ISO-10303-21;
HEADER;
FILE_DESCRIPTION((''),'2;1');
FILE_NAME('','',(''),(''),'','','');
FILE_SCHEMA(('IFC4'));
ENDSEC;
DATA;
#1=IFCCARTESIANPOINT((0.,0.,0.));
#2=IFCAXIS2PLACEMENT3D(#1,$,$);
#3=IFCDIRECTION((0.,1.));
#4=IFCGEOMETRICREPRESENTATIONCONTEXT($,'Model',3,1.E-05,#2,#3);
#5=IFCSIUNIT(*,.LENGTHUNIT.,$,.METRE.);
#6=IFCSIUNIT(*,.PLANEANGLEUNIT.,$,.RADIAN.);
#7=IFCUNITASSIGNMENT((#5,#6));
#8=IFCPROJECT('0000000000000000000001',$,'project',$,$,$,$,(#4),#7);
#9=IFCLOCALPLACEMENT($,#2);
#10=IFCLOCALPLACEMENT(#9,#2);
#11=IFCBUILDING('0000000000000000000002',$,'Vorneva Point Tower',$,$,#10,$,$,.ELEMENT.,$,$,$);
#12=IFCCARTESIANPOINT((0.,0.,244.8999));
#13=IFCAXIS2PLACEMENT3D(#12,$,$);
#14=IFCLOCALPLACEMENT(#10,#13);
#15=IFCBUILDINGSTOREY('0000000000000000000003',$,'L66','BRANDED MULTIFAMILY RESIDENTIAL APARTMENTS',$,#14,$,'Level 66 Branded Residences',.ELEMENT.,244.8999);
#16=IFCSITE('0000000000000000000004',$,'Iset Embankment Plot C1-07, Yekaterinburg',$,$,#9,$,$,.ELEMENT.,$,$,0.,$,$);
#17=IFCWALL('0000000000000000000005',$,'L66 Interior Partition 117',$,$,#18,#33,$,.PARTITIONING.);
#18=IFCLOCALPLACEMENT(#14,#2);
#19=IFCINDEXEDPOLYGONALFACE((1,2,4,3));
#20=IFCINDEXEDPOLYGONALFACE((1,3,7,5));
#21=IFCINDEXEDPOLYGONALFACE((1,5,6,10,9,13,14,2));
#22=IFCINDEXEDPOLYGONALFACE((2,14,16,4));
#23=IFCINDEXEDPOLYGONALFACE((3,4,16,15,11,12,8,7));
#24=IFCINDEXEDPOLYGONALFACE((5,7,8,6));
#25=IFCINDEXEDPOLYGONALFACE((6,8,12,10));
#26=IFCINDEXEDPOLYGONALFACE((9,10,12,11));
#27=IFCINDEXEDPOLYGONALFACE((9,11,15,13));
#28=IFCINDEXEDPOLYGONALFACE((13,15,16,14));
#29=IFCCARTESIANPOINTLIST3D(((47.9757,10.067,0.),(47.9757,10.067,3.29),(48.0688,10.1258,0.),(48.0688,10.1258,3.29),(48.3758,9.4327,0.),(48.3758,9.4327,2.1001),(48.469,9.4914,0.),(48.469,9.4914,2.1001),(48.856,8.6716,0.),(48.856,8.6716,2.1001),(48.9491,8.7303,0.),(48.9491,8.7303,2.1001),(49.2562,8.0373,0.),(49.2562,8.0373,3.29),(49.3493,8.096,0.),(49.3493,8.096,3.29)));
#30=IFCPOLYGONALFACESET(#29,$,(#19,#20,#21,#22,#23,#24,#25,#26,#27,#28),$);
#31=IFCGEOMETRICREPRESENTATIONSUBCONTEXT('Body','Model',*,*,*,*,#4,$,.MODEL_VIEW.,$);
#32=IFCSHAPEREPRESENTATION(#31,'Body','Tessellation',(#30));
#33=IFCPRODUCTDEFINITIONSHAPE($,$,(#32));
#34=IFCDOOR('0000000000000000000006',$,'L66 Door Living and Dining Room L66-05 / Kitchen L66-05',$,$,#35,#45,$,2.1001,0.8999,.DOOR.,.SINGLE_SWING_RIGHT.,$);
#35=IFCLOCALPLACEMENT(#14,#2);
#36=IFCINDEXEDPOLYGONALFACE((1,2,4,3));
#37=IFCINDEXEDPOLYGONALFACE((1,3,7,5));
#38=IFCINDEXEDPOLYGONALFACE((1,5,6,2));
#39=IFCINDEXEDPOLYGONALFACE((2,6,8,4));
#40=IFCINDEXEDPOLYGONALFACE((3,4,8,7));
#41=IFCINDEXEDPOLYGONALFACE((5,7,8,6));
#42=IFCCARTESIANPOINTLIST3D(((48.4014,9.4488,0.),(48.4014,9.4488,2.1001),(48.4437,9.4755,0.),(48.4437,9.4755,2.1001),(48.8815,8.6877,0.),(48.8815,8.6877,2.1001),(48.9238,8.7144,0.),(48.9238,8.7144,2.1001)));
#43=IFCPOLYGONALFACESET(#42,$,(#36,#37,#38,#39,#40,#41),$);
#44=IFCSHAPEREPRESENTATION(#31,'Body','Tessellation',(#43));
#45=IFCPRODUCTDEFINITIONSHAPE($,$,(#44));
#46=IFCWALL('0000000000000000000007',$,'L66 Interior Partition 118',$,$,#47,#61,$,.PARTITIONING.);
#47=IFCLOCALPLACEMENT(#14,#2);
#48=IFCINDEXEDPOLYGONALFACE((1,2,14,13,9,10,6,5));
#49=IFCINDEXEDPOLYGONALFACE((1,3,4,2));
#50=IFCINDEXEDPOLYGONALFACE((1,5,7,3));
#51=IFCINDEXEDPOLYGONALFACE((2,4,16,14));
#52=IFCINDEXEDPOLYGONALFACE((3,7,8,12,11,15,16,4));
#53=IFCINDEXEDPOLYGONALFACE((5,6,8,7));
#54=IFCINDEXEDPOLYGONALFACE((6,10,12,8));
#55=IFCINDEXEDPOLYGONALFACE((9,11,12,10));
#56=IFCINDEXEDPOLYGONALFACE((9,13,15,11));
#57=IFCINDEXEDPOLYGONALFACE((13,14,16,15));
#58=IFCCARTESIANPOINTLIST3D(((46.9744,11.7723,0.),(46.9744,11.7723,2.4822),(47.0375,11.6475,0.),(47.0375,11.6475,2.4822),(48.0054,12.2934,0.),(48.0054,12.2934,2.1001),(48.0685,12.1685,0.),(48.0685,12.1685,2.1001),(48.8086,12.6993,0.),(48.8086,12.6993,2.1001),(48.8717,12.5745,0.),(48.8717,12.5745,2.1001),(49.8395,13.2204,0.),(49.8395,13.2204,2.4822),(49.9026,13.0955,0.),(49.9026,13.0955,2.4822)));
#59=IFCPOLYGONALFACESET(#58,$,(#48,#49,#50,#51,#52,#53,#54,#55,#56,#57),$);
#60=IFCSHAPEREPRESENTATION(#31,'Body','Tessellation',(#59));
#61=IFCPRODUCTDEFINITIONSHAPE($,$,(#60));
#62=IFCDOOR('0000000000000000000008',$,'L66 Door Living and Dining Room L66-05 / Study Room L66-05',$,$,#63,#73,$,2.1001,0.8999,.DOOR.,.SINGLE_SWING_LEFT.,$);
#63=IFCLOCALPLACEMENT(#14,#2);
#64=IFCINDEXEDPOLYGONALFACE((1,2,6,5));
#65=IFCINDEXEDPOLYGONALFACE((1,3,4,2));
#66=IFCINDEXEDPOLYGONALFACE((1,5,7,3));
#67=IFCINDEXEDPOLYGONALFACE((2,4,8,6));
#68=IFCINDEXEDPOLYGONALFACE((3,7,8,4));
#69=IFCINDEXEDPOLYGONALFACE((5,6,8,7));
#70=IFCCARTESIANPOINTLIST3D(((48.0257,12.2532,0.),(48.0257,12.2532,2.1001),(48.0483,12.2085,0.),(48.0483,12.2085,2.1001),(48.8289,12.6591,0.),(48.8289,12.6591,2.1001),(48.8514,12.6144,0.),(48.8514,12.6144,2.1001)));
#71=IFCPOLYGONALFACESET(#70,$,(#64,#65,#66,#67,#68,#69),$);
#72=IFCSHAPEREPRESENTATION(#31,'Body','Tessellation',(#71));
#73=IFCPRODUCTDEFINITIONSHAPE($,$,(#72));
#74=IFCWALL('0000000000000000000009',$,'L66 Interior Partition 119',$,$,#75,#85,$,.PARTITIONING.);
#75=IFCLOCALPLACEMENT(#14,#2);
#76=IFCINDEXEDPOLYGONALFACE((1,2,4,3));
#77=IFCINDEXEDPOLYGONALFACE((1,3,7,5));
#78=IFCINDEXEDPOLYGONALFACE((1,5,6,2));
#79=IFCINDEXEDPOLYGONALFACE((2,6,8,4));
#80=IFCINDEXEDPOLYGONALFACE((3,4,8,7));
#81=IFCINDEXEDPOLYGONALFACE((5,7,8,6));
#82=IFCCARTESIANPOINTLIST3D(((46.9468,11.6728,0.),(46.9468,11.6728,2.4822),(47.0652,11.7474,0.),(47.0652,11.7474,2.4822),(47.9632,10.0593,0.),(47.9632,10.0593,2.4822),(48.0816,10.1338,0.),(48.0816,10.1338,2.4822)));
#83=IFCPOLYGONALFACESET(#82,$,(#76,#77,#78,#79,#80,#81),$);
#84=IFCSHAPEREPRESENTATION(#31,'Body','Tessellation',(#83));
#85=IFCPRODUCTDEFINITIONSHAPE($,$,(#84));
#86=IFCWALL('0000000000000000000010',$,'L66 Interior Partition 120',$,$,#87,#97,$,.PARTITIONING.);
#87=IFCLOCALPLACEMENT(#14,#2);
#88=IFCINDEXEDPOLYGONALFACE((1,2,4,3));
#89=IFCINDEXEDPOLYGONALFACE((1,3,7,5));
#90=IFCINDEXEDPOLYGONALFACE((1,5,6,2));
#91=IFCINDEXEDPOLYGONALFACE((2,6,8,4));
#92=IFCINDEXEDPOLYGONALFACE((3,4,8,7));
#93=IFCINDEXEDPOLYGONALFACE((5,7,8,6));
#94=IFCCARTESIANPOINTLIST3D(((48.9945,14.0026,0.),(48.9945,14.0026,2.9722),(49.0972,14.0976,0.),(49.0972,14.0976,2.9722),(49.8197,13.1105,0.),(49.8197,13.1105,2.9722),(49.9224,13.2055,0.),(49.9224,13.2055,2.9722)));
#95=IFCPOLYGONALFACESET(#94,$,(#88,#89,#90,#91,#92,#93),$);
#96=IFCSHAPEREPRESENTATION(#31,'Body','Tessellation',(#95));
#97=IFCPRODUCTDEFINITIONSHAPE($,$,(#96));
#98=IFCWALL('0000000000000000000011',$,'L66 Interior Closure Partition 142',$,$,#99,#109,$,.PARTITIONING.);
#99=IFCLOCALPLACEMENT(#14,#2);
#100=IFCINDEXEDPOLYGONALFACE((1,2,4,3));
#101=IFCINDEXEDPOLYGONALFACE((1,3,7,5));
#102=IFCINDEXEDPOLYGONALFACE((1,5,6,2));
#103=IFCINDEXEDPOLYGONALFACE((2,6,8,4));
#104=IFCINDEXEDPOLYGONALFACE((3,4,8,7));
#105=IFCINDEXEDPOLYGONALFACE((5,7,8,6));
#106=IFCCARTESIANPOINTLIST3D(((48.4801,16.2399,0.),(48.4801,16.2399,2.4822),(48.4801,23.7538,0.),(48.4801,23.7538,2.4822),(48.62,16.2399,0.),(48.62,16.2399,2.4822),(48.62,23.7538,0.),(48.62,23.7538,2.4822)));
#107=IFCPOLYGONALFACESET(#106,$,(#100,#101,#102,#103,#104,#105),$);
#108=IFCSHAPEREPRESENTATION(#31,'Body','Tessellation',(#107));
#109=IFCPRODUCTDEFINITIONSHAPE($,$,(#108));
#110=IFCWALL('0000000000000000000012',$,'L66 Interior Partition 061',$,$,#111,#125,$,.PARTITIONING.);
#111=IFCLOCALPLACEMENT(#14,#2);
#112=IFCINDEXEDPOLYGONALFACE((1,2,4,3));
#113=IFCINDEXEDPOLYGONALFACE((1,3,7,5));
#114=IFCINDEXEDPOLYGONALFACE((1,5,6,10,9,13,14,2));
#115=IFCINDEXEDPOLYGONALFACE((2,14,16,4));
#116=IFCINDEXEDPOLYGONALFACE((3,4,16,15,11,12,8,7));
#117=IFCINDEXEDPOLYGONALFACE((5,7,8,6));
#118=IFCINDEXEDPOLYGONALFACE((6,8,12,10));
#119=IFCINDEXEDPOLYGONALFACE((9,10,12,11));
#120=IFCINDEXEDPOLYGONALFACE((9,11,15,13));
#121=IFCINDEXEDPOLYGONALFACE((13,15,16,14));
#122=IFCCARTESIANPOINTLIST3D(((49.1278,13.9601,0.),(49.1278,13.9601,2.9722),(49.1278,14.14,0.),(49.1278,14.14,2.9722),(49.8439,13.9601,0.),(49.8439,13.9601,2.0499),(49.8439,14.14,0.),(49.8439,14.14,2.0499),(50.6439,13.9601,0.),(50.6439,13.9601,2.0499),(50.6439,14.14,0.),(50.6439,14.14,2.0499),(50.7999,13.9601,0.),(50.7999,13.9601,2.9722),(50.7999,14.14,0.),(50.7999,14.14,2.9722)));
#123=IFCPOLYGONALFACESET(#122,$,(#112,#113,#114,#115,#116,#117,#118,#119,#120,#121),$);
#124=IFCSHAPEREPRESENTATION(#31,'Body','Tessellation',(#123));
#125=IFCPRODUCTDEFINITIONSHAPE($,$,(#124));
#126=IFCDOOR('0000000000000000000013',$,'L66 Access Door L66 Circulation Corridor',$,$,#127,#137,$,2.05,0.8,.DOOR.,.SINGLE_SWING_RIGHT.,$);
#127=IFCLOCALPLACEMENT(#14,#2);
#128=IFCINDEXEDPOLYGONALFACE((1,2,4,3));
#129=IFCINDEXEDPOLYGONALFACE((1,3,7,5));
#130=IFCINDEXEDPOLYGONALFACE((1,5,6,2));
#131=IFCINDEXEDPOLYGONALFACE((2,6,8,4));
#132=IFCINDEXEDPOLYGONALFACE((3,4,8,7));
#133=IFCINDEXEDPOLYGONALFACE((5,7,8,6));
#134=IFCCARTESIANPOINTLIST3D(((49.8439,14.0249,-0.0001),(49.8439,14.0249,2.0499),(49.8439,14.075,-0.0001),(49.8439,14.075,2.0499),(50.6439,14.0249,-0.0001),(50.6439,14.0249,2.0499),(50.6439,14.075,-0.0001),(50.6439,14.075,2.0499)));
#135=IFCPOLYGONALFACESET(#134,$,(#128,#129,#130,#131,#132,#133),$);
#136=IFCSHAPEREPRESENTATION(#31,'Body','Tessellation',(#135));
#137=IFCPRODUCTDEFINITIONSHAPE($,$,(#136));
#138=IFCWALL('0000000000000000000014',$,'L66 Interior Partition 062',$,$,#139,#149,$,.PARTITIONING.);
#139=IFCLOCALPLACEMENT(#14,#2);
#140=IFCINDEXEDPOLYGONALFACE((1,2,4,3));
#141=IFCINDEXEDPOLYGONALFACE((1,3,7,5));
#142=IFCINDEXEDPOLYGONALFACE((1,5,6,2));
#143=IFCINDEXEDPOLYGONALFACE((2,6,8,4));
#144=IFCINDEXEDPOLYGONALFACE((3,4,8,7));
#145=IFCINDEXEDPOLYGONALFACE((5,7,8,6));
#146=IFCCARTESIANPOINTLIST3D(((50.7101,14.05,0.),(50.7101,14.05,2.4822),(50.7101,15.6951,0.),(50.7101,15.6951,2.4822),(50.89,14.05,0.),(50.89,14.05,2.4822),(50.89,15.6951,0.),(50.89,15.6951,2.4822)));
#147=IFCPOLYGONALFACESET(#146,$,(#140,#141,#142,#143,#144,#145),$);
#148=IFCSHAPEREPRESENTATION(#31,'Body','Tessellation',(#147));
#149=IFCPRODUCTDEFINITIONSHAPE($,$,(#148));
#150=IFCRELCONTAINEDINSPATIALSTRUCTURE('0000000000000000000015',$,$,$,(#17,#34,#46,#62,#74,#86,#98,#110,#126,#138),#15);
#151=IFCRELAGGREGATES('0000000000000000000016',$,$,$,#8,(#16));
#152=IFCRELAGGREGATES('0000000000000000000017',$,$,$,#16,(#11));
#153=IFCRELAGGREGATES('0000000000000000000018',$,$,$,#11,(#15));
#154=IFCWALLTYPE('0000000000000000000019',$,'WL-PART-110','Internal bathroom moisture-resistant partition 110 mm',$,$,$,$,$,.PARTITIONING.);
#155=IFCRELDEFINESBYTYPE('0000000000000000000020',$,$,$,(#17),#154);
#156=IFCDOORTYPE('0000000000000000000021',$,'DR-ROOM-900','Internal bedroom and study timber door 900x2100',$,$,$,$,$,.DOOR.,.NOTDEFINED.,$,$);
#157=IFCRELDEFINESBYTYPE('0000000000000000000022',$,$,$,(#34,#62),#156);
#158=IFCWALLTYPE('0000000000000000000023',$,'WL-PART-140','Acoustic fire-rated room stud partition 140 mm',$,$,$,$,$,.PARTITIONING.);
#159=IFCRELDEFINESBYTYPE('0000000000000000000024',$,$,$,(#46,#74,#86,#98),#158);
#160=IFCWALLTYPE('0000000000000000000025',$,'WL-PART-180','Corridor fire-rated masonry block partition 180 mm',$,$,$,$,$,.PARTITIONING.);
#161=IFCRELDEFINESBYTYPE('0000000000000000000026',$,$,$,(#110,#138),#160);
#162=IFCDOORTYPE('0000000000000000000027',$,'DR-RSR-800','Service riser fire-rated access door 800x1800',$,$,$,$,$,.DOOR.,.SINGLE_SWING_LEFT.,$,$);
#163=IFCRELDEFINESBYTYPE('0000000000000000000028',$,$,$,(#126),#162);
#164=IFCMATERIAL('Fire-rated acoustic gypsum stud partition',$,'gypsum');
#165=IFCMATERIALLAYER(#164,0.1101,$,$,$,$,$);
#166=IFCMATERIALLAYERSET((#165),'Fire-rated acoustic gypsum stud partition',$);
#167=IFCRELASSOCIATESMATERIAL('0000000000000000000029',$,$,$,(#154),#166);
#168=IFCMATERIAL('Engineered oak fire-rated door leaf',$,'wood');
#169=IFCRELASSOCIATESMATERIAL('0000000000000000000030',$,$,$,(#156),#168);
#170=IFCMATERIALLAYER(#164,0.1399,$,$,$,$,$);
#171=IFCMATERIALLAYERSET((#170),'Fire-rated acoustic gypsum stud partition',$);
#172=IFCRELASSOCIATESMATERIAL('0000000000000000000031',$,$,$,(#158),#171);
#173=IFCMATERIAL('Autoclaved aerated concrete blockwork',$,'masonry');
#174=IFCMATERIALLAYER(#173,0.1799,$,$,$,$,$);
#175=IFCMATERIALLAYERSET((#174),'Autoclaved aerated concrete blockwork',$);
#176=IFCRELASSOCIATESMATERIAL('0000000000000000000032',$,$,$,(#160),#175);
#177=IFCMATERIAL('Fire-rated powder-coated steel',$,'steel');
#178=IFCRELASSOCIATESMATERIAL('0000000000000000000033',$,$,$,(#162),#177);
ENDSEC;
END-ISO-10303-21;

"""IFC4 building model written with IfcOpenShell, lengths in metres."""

from ifc_helpers import new_model, si_unit, direction, frame, frame_2d, origin, place, context, subcontext, project, spatial, rectangle, extrude, material, layer, layer_set, type_object, element, fill, save


model = new_model("IFC4")

# Units and contexts
model_context = context("Model", 3, precision=1e-05, world=origin(), true_north=direction((0.0, 1.0)))
body_context = subcontext(model_context, "Body", "Model", "MODEL_VIEW")
ifc_project = project(units=[si_unit("LENGTHUNIT", "METRE"), si_unit("PLANEANGLEUNIT", "RADIAN")], contexts=[model_context])

# Site, building, storey
site_placement = place(None, origin())
site = spatial("IfcSite", under=ifc_project, at=site_placement, Name="Iset Embankment Plot C1-07, Yekaterinburg", CompositionType="ELEMENT", RefElevation=0.0)
building_placement = place(site_placement, origin())
building = spatial("IfcBuilding", under=site, at=building_placement, Name="Vorneva Point Tower", CompositionType="ELEMENT")
storey_placement = place(building_placement, frame((0.0, 0.0, 244.8999)))
storey = spatial("IfcBuildingStorey", under=building, at=storey_placement, Name="L66", Description="BRANDED MULTIFAMILY RESIDENTIAL APARTMENTS", LongName="Level 66 Branded Residences", CompositionType="ELEMENT", Elevation=244.8999)

# Walls, openings, doors
ifc_material_1 = material(Name="Fire-rated acoustic gypsum stud partition", Category="gypsum")
ifc_layer_1 = layer(ifc_material_1, 0.1101)
ifc_layer_set_1 = layer_set([ifc_layer_1], Name="Fire-rated acoustic gypsum stud partition")
wall_type_1 = type_object("IfcWallType", Name="WL-PART-110", Description="Internal bathroom moisture-resistant partition 110 mm", PredefinedType="PARTITIONING", material=ifc_layer_set_1)
wall_1_placement = place(storey_placement, frame((49.3027, 8.0667, 0.0), z_axis=(0.0, 0.0, 1.0), x_axis=(-0.53356, 0.845762, 0.0)))
wall_1 = element("IfcWall", 1, at=wall_1_placement, inside=storey, type_object=wall_type_1, Name="L66 Interior Partition 117", PredefinedType="PARTITIONING", context=body_context, shape_type="SweptSolid", body=[
    extrude(rectangle(XDim=2.3999, YDim=0.1101, at=frame_2d((1.2, 0.0))), origin(), (0.0, 0.0, 1.0), 3.29),
])
opening_1_placement = place(wall_1_placement, frame((0.75, 0.0, 0.0)))
opening_1 = element("IfcOpeningElement", 2, at=opening_1_placement, cuts=wall_1, PredefinedType="OPENING", context=body_context, shape_type="SweptSolid", body=[
    extrude(rectangle(XDim=0.8999, YDim=2.1001, at=frame_2d((0.45, 1.05))), frame((0.0, 0.0698, 0.0), z_axis=(0.0, -1.0, 0.0), x_axis=(1.0, 0.0, 0.0)), (0.0, 0.0, 1.0), 0.1399),
])
ifc_material_2 = material(Name="Engineered oak fire-rated door leaf", Category="wood")
door_type_1 = type_object("IfcDoorType", Name="DR-ROOM-900", Description="Internal bedroom and study timber door 900x2100", OperationType="NOTDEFINED", PredefinedType="DOOR", material=ifc_material_2)
door_1_placement = place(opening_1_placement, origin())
door_1 = element("IfcDoor", 3, at=door_1_placement, inside=storey, type_object=door_type_1, Name="L66 Door Living and Dining Room L66-05 / Kitchen L66-05", OperationType="SINGLE_SWING_RIGHT", OverallHeight=2.1001, OverallWidth=0.8999, PredefinedType="DOOR", context=body_context, shape_type="SweptSolid", body=[
    extrude(rectangle(XDim=0.8999, YDim=2.1001, at=frame_2d((0.45, 1.05))), frame((0.0, 0.0249, 0.0), z_axis=(0.0, -1.0, 0.0), x_axis=(1.0, 0.0, 0.0)), (0.0, 0.0, 1.0), 0.05),
])
fill(opening_1, door_1)
ifc_layer_2 = layer(ifc_material_1, 0.1399)
ifc_layer_set_2 = layer_set([ifc_layer_2], Name="Fire-rated acoustic gypsum stud partition")
wall_type_2 = type_object("IfcWallType", Name="WL-PART-140", Description="Acoustic fire-rated room stud partition 140 mm", PredefinedType="PARTITIONING", material=ifc_layer_set_2)
wall_2_placement = place(storey_placement, frame((47.0061, 11.71, 0.0), z_axis=(0.0, 0.0, 1.0), x_axis=(0.892487, 0.451073, 0.0)))
wall_2 = element("IfcWall", 4, at=wall_2_placement, inside=storey, type_object=wall_type_2, Name="L66 Interior Partition 118", PredefinedType="PARTITIONING", context=body_context, shape_type="SweptSolid", body=[
    extrude(rectangle(XDim=3.2102, YDim=0.1399, at=frame_2d((1.605, 0.0))), origin(), (0.0, 0.0, 1.0), 2.4822),
])
opening_2_placement = place(wall_2_placement, frame((1.155, 0.0, 0.0)))
opening_2 = element("IfcOpeningElement", 5, at=opening_2_placement, cuts=wall_2, PredefinedType="OPENING", context=body_context, shape_type="SweptSolid", body=[
    extrude(rectangle(XDim=0.8999, YDim=2.1001, at=frame_2d((0.45, 1.05))), frame((0.0, 0.085, 0.0), z_axis=(0.0, -1.0, 0.0), x_axis=(1.0, 0.0, 0.0)), (0.0, 0.0, 1.0), 0.1697),
])
door_2_placement = place(opening_2_placement, origin())
door_2 = element("IfcDoor", 6, at=door_2_placement, inside=storey, type_object=door_type_1, Name="L66 Door Living and Dining Room L66-05 / Study Room L66-05", OperationType="SINGLE_SWING_LEFT", OverallHeight=2.1001, OverallWidth=0.8999, PredefinedType="DOOR", context=body_context, shape_type="SweptSolid", body=[
    extrude(rectangle(XDim=0.8999, YDim=2.1001, at=frame_2d((0.45, 1.05))), frame((0.0, 0.0249, 0.0), z_axis=(0.0, -1.0, 0.0), x_axis=(1.0, 0.0, 0.0)), (0.0, 0.0, 1.0), 0.05),
])
fill(opening_2, door_2)

# Walls
wall_3_placement = place(storey_placement, frame((48.0225, 10.0964, 0.0), z_axis=(0.0, 0.0, 1.0), x_axis=(-0.532976, 0.84613, 0.0)))
element("IfcWall", 7, at=wall_3_placement, inside=storey, type_object=wall_type_2, Name="L66 Interior Partition 119", PredefinedType="PARTITIONING", context=body_context, shape_type="SweptSolid", body=[
    extrude(rectangle(XDim=1.907, YDim=0.1399, at=frame_2d((0.9536, 0.0))), origin(), (0.0, 0.0, 1.0), 2.4822),
])
wall_4_placement = place(storey_placement, frame((49.8711, 13.158, 0.0), z_axis=(0.0, 0.0, 1.0), x_axis=(-0.679047, 0.734094, 0.0)))
element("IfcWall", 8, at=wall_4_placement, inside=storey, type_object=wall_type_2, Name="L66 Interior Partition 120", PredefinedType="PARTITIONING", context=body_context, shape_type="SweptSolid", body=[
    extrude(rectangle(XDim=1.2153, YDim=0.1399, at=frame_2d((0.6077, 0.0))), origin(), (0.0, 0.0, 1.0), 2.9722),
])
wall_5_placement = place(storey_placement, frame((48.55, 16.24, 0.0), z_axis=(0.0, 0.0, 1.0), x_axis=(0.0, 1.0, 0.0)))
element("IfcWall", 9, at=wall_5_placement, inside=storey, type_object=wall_type_2, Name="L66 Interior Closure Partition 142", PredefinedType="PARTITIONING", context=body_context, shape_type="SweptSolid", body=[
    extrude(rectangle(XDim=7.5139, YDim=0.1399, at=frame_2d((3.7568, 0.0))), origin(), (0.0, 0.0, 1.0), 2.4822),
])

# Wall, opening, door
ifc_material_3 = material(Name="Autoclaved aerated concrete blockwork", Category="masonry")
ifc_layer_3 = layer(ifc_material_3, 0.1799)
ifc_layer_set_3 = layer_set([ifc_layer_3], Name="Autoclaved aerated concrete blockwork")
wall_type_3 = type_object("IfcWallType", Name="WL-PART-180", Description="Corridor fire-rated masonry block partition 180 mm", PredefinedType="PARTITIONING", material=ifc_layer_set_3)
ifc_material_4 = material(Name="Fire-rated powder-coated steel", Category="steel")
wall_6_placement = place(storey_placement, frame((49.1279, 14.05, 0.0), z_axis=(0.0, 0.0, 1.0), x_axis=(1.0, 0.0, 0.0)))
wall_6 = element("IfcWall", 10, at=wall_6_placement, inside=storey, type_object=wall_type_3, Name="L66 Interior Partition 061", PredefinedType="PARTITIONING", context=body_context, shape_type="SweptSolid", body=[
    extrude(rectangle(XDim=1.6721, YDim=0.1799, at=frame_2d((0.8359, 0.0))), origin(), (0.0, 0.0, 1.0), 2.9722),
])
opening_3_placement = place(wall_6_placement, frame((0.7161, 0.0, 0.0)))
opening_3 = element("IfcOpeningElement", 11, at=opening_3_placement, cuts=wall_6, PredefinedType="OPENING", context=body_context, shape_type="SweptSolid", body=[
    extrude(rectangle(XDim=0.8, YDim=2.05, at=frame_2d((0.3999, 1.0249))), frame((0.0, 0.105, 0.0), z_axis=(0.0, -1.0, 0.0), x_axis=(1.0, 0.0, 0.0)), (0.0, 0.0, 1.0), 0.2097),
])
door_type_2 = type_object("IfcDoorType", Name="DR-RSR-800", Description="Service riser fire-rated access door 800x1800", OperationType="SINGLE_SWING_LEFT", PredefinedType="DOOR", material=ifc_material_4)
door_3_placement = place(opening_3_placement, origin())
door_3 = element("IfcDoor", 12, at=door_3_placement, inside=storey, type_object=door_type_2, Name="L66 Access Door L66 Circulation Corridor", OperationType="SINGLE_SWING_RIGHT", OverallHeight=2.05, OverallWidth=0.8, PredefinedType="DOOR", context=body_context, shape_type="SweptSolid", body=[
    extrude(rectangle(XDim=0.8, YDim=2.05, at=frame_2d((0.3999, 1.0249))), frame((0.0, 0.0249, 0.0), z_axis=(0.0, -1.0, 0.0), x_axis=(1.0, 0.0, 0.0)), (0.0, 0.0, 1.0), 0.05),
])
fill(opening_3, door_3)

# Wall
wall_7_placement = place(storey_placement, frame((50.8, 14.05, 0.0), z_axis=(0.0, 0.0, 1.0), x_axis=(0.0, 1.0, 0.0)))
element("IfcWall", 13, at=wall_7_placement, inside=storey, type_object=wall_type_3, Name="L66 Interior Partition 062", PredefinedType="PARTITIONING", context=body_context, shape_type="SweptSolid", body=[
    extrude(rectangle(XDim=1.645, YDim=0.1799, at=frame_2d((0.8225, 0.0))), origin(), (0.0, 0.0, 1.0), 2.4822),
])

save(model, "model.ifc")
